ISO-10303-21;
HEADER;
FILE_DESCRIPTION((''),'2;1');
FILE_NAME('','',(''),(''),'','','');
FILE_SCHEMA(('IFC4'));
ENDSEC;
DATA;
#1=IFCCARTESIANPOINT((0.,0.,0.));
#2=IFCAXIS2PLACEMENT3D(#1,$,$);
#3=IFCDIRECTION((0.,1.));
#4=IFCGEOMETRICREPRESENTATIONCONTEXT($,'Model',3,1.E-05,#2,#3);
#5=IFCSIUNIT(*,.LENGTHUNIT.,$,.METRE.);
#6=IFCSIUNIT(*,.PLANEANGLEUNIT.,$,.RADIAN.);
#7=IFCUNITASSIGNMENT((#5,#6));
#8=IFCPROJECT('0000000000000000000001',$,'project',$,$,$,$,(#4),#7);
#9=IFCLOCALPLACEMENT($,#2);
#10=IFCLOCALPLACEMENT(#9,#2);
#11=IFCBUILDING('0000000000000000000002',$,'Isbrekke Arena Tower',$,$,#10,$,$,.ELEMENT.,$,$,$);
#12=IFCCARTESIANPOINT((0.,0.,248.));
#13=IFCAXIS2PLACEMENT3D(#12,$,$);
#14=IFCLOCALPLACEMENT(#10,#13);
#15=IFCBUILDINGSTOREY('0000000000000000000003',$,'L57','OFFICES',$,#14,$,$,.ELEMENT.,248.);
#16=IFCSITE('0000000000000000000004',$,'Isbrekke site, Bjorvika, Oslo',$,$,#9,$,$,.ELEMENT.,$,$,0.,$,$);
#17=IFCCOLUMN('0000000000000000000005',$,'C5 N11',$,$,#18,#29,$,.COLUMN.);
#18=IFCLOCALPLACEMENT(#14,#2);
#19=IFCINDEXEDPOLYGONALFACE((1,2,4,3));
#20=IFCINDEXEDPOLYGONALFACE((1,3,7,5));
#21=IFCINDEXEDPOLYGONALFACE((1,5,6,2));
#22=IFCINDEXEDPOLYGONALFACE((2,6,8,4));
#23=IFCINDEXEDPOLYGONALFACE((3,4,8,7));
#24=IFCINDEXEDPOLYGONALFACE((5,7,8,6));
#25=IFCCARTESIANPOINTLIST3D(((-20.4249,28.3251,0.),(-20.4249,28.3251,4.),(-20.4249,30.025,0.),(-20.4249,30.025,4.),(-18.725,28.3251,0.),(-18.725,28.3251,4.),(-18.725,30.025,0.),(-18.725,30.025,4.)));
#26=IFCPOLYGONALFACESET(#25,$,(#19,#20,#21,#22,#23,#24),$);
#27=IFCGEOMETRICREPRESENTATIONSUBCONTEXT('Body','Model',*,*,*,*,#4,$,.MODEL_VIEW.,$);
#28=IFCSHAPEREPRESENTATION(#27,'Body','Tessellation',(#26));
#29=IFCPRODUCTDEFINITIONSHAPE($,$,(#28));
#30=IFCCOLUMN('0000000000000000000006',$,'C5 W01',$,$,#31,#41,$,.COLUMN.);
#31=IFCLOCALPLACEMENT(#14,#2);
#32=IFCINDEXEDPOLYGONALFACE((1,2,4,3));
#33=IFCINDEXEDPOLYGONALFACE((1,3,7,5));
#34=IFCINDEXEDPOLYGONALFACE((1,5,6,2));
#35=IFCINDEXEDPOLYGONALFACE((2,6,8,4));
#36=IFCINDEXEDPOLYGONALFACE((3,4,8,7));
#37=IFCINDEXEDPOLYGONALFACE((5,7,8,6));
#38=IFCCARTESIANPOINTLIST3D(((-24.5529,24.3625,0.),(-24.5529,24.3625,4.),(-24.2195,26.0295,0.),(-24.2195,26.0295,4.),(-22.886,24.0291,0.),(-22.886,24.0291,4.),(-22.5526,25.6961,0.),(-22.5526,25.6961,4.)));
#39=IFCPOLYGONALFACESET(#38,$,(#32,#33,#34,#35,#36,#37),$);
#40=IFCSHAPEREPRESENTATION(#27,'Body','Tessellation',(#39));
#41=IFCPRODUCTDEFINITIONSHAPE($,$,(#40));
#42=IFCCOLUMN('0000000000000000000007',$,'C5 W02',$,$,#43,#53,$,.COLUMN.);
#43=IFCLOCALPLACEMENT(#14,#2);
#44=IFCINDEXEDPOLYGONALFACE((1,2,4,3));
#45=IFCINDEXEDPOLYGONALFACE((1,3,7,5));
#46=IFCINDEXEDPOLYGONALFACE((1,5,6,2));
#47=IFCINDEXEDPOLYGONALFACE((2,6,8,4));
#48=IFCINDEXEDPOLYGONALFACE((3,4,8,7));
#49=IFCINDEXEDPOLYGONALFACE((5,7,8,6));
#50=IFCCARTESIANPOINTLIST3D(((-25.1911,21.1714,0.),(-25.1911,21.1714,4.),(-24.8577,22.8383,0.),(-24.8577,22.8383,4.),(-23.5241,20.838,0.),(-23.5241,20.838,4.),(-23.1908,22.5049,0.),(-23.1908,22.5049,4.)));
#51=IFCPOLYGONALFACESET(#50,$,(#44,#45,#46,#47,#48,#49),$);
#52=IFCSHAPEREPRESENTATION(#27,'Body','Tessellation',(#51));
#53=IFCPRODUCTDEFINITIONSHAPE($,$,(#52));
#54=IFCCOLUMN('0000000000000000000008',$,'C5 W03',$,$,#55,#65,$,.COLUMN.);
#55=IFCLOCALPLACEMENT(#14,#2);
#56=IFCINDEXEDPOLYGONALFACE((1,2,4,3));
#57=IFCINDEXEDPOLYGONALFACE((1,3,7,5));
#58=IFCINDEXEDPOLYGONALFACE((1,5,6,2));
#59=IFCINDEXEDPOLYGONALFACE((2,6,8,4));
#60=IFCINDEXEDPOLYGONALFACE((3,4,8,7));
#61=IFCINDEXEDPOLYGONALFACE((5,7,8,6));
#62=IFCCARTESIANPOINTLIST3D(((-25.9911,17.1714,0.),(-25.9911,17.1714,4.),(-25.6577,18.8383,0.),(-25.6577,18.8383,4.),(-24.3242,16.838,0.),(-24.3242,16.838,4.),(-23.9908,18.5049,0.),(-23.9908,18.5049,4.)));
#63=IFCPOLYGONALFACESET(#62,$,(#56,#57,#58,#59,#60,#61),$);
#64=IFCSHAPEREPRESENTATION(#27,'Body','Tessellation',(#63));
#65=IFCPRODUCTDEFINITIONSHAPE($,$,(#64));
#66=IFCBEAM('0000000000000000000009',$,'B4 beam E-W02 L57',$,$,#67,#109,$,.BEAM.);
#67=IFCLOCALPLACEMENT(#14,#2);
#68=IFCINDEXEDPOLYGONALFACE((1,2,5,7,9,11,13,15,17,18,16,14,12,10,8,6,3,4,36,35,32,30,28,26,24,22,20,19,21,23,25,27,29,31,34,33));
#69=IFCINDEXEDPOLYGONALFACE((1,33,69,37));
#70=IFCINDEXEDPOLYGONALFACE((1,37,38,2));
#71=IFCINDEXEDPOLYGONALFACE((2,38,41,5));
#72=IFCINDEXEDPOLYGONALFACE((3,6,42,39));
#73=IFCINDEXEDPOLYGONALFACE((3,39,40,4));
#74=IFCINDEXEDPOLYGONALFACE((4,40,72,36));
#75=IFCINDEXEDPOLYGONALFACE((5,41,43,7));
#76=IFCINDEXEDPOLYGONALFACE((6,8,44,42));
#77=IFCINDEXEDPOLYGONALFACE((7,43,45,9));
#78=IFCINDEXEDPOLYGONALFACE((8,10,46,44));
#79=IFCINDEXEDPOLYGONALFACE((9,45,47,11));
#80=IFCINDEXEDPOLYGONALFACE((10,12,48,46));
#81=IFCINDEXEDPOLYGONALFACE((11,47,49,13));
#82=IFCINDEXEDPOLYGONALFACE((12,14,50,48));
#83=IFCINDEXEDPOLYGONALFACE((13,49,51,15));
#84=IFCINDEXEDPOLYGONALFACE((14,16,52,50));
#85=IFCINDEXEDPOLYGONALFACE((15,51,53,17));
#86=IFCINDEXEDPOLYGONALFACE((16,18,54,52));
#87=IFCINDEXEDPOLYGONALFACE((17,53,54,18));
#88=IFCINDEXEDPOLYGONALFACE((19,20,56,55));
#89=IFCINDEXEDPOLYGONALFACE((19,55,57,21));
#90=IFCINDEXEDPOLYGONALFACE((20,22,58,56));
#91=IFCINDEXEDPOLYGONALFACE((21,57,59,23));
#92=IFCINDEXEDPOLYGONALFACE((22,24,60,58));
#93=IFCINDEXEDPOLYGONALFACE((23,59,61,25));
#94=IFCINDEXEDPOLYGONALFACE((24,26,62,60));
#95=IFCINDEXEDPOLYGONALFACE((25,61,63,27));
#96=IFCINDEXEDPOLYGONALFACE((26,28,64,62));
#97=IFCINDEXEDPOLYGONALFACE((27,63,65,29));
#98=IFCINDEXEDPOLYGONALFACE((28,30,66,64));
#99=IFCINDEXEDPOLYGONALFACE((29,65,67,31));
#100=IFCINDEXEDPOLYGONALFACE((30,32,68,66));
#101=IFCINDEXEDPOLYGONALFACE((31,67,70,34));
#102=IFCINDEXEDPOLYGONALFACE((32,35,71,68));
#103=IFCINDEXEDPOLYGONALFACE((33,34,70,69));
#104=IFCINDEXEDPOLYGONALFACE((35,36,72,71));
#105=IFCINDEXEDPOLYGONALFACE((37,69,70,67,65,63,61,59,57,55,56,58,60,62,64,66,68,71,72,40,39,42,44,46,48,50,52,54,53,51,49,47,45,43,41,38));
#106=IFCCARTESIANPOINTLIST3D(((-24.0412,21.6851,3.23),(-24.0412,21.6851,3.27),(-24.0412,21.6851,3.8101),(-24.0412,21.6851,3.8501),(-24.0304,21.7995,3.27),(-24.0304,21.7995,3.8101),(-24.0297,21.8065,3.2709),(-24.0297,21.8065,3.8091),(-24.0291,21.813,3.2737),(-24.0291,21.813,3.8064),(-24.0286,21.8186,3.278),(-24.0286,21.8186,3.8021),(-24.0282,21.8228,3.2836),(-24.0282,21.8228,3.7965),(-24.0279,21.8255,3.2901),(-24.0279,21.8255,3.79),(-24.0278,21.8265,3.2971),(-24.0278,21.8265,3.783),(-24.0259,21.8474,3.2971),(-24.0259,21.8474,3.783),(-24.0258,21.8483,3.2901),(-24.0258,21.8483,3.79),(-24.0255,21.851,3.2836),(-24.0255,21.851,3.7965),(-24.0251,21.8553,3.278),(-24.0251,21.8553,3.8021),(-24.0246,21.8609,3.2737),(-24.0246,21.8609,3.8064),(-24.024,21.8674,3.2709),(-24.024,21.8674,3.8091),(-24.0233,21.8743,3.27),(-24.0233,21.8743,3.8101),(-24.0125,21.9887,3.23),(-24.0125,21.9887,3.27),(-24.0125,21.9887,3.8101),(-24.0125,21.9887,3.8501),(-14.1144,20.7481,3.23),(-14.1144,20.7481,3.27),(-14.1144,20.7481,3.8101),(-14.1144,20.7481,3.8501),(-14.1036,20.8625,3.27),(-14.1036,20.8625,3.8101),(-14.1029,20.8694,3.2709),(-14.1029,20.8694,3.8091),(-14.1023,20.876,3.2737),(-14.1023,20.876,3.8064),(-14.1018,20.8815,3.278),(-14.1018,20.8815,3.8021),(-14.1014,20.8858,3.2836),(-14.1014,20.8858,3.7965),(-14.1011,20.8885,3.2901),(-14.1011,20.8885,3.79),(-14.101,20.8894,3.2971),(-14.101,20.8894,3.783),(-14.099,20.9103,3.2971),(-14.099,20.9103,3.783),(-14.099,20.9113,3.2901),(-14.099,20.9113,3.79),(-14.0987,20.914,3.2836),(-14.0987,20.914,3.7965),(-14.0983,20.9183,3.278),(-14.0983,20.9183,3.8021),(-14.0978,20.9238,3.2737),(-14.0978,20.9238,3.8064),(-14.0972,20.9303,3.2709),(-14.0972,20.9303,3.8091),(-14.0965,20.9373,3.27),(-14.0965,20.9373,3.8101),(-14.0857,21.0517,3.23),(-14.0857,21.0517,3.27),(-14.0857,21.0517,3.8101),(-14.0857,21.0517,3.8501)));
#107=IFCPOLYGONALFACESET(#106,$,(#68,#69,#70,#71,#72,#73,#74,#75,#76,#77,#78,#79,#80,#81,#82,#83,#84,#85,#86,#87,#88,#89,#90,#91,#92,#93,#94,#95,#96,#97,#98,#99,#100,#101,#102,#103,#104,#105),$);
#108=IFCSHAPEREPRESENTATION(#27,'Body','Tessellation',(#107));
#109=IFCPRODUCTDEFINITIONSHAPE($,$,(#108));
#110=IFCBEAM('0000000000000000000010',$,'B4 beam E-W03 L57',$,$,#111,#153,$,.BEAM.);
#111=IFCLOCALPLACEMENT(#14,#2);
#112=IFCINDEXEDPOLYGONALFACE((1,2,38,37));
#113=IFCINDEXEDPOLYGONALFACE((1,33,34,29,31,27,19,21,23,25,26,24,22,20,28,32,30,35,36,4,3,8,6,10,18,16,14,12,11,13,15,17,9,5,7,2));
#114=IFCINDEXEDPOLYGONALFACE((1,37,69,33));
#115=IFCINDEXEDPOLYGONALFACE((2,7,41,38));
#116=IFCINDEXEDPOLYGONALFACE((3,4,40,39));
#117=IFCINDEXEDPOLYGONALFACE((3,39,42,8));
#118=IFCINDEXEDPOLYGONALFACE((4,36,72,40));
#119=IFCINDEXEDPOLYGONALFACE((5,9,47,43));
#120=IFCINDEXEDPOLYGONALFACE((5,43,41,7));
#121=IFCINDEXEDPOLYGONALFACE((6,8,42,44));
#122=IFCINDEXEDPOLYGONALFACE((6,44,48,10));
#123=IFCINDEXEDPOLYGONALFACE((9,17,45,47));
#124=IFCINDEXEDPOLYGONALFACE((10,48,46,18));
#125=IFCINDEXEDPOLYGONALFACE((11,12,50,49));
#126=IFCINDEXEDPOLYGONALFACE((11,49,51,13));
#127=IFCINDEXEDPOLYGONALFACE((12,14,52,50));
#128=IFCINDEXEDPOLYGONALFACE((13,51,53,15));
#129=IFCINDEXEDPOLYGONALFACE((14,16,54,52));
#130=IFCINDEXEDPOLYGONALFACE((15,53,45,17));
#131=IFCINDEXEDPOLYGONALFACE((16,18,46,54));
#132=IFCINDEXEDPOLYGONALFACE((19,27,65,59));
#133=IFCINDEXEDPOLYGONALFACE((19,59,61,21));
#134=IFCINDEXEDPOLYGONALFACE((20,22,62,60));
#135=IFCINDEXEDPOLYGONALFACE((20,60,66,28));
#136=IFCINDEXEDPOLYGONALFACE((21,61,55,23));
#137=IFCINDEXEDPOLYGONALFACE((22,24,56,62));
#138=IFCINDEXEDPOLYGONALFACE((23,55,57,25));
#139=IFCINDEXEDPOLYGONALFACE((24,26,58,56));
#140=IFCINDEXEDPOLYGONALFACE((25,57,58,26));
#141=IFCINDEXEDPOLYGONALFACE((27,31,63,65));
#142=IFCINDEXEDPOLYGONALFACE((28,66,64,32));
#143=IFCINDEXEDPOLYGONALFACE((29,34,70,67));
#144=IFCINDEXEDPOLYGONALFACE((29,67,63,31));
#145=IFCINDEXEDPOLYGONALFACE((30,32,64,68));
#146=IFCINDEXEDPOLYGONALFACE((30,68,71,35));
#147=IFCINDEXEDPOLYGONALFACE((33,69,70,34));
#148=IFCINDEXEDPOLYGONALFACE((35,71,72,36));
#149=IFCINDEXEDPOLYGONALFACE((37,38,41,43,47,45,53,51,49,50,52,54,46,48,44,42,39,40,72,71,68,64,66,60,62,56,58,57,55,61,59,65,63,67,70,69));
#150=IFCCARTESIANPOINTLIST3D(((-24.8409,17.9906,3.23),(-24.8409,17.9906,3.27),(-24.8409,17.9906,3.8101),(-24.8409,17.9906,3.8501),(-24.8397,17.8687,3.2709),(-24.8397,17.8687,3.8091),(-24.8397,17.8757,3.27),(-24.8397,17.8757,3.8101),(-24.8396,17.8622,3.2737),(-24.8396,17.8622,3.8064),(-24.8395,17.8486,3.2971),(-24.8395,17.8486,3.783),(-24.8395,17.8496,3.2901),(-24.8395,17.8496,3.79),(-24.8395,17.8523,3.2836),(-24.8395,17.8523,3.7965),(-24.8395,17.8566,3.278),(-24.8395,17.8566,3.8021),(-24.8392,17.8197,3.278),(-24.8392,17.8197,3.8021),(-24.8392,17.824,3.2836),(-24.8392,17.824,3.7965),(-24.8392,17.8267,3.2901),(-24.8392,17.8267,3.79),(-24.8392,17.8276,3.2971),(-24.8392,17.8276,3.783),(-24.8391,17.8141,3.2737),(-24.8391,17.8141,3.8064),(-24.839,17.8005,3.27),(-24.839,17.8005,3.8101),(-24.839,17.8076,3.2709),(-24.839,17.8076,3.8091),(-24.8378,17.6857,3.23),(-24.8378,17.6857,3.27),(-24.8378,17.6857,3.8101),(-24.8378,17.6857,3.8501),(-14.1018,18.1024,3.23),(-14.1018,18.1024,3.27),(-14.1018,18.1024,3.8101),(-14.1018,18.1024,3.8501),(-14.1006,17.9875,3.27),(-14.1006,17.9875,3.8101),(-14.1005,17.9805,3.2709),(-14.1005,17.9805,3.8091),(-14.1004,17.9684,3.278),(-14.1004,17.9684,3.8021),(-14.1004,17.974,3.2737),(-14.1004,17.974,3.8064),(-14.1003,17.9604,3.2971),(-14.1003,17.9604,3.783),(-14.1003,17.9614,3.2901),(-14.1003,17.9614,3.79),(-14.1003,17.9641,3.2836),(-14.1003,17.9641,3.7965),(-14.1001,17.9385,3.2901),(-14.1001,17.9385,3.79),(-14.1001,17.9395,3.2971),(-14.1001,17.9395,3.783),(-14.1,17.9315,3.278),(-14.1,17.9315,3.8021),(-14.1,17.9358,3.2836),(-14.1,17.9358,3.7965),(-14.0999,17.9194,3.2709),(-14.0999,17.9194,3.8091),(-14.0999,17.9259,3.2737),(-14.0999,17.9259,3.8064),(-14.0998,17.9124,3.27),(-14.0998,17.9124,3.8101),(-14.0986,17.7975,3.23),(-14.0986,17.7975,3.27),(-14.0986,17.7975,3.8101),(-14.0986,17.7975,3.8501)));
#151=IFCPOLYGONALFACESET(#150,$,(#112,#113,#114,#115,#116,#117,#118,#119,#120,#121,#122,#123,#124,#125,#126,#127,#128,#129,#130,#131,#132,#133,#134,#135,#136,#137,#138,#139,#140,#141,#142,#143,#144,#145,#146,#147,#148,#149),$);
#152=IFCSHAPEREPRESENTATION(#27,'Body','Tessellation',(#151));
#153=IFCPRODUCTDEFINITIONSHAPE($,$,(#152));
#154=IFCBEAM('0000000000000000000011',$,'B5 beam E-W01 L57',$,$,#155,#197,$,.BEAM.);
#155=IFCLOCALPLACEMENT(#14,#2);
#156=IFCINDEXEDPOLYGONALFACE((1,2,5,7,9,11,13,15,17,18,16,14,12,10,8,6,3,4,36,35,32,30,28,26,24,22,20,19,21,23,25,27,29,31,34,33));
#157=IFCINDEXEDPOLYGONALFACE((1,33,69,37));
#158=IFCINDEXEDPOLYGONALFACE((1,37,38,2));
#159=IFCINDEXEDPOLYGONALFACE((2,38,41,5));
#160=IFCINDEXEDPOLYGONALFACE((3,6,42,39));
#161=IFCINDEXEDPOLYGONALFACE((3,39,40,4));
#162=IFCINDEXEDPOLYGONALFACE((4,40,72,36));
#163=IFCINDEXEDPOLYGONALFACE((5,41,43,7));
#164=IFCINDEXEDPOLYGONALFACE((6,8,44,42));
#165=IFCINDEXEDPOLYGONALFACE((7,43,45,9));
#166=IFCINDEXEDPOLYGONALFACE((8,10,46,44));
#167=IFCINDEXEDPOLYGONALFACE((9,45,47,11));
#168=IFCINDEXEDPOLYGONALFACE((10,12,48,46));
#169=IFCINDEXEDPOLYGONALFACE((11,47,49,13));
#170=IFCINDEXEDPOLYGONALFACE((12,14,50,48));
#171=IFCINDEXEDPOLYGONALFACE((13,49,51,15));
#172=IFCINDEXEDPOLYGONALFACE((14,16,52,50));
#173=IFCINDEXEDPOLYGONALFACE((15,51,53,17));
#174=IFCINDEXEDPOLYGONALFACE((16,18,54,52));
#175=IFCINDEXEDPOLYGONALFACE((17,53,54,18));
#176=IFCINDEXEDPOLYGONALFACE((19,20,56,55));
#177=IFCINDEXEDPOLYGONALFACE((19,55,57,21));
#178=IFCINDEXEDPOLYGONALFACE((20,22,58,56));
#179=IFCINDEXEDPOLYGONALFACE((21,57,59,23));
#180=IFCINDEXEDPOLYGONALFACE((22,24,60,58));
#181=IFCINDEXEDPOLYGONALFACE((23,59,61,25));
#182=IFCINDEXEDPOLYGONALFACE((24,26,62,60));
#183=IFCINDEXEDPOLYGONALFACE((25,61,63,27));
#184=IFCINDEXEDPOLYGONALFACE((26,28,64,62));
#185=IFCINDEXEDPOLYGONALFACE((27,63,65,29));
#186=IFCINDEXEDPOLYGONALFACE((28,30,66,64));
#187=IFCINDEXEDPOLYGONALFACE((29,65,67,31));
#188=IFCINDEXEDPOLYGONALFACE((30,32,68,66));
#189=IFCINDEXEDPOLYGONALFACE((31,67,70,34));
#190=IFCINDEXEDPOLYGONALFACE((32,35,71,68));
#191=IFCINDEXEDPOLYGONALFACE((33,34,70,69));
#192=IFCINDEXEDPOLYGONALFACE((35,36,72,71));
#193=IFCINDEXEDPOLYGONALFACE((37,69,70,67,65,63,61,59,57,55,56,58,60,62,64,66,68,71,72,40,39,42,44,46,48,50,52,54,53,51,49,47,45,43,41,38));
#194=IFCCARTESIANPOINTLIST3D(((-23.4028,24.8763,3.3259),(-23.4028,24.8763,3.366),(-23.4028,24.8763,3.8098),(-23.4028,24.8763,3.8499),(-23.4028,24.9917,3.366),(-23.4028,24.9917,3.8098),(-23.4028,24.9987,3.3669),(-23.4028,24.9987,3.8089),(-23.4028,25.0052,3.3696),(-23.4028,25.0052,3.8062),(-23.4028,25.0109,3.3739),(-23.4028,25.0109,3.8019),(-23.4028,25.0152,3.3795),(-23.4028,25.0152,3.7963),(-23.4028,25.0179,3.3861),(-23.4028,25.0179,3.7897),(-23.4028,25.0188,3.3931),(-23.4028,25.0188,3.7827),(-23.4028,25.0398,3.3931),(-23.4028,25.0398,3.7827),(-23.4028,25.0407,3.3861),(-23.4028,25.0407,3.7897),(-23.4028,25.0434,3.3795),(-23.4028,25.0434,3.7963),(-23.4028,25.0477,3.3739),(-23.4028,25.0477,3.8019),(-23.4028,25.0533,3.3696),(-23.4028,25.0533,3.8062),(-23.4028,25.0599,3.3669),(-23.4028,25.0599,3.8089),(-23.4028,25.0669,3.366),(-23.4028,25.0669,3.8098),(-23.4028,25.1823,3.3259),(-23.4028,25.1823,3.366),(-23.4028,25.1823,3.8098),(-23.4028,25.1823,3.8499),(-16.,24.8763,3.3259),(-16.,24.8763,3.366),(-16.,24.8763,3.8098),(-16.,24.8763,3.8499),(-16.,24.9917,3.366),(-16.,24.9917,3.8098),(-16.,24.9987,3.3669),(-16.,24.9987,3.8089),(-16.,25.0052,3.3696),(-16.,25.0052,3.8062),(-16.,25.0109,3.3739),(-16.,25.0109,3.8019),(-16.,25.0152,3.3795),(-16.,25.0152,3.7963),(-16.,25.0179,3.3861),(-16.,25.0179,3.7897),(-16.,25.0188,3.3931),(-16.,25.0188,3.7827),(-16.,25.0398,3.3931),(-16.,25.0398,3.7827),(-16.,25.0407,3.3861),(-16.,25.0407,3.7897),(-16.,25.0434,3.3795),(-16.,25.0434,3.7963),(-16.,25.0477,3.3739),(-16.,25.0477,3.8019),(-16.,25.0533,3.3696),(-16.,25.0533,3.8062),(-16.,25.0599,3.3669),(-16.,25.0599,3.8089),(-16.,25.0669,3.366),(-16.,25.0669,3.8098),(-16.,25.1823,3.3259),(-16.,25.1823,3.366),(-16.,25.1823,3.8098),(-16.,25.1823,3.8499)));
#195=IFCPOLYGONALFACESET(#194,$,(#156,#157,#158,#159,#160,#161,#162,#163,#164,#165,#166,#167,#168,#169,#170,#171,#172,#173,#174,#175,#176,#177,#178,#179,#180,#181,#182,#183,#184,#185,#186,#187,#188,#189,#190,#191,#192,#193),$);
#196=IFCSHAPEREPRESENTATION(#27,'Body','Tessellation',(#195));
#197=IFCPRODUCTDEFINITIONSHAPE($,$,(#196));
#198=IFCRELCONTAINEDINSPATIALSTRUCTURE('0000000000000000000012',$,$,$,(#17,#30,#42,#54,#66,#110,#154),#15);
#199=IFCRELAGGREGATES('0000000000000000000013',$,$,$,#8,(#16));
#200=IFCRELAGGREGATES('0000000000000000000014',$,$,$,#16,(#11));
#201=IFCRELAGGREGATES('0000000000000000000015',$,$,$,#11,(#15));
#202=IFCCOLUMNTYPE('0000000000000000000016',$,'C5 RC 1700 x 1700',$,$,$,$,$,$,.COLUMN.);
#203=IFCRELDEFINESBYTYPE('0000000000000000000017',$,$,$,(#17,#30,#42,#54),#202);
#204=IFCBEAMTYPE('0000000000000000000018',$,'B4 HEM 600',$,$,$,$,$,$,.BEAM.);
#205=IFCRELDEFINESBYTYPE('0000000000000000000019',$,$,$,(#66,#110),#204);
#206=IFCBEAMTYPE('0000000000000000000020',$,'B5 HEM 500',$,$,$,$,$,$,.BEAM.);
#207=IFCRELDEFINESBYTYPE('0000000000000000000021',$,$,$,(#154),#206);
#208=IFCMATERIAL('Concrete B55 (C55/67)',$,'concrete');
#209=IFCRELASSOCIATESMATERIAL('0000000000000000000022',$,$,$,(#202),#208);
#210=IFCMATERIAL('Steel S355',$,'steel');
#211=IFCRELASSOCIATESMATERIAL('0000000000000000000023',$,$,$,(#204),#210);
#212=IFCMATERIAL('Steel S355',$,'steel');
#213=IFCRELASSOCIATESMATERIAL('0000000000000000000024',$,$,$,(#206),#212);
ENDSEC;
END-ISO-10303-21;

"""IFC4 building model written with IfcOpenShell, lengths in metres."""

from ifc_helpers import new_model, si_unit, direction, frame, origin, origin_2d, place, context, subcontext, project, spatial, rectangle, i_section, extrude, material, material_profile, profile_set, type_object, element, save


model = new_model("IFC4")

# Units and contexts
model_context = context("Model", 3, precision=1e-05, world=origin(), true_north=direction((0.0, 1.0)))
body_context = subcontext(model_context, "Body", "Model", "MODEL_VIEW")
ifc_project = project(units=[si_unit("LENGTHUNIT", "METRE"), si_unit("PLANEANGLEUNIT", "RADIAN")], contexts=[model_context])

# Site, building, storey
site_placement = place(None, origin())
site = spatial("IfcSite", under=ifc_project, at=site_placement, Name="Isbrekke site, Bjorvika, Oslo", CompositionType="ELEMENT", RefElevation=0.0)
building_placement = place(site_placement, origin())
building = spatial("IfcBuilding", under=site, at=building_placement, Name="Isbrekke Arena Tower", CompositionType="ELEMENT")
storey_placement = place(building_placement, frame((0.0, 0.0, 248.0)))
storey = spatial("IfcBuildingStorey", under=building, at=storey_placement, Name="L57", Description="OFFICES", CompositionType="ELEMENT", Elevation=248.0)

# Columns
ifc_material_1 = material(Name="Concrete B55 (C55/67)", Category="concrete")
ifc_material_profile_1 = material_profile(ifc_material_1, rectangle(XDim=1.7, YDim=1.7, at=origin_2d()), Name="RC 1700x1700")
ifc_profile_set_1 = profile_set([ifc_material_profile_1], Name="Concrete B55 (C55/67)")
column_type = type_object("IfcColumnType", Name="C5 RC 1700 x 1700", PredefinedType="COLUMN", material=ifc_profile_set_1)
for number, where, z_axis, x_axis, name in (
    (1, (-19.575, 29.175, 0.0), (0.0, 0.0, 1.0), (-1.0, 0.0, 0.0), "C5 N11"),
    (2, (-23.5527, 25.0293, 0.0), (0.0, 0.0, 1.0), (-0.196116, -0.980581, 0.0), "C5 W01"),
    (3, (-24.1909, 21.8381, 0.0), (0.0, 0.0, 1.0), (-0.196116, -0.980581, 0.0), "C5 W02"),
    (4, (-24.991, 17.8381, 0.0), (0.0, 0.0, 1.0), (-0.196116, -0.980581, 0.0), "C5 W03"),
):
    element("IfcColumn", number, at=place(storey_placement, frame(where, z_axis=z_axis, x_axis=x_axis)), inside=storey, type_object=column_type, Name=name, PredefinedType="COLUMN", context=body_context, shape_type="SweptSolid", body=[
        extrude(rectangle(XDim=1.7, YDim=1.7, at=origin_2d()), origin(), (0.0, 0.0, 1.0), 4.0),
    ])

# Beams
ifc_material_2 = material(Name="Steel S355", Category="steel")
ifc_material_profile_2 = material_profile(ifc_material_2, i_section(OverallWidth=0.3049, OverallDepth=0.6201, WebThickness=0.021, FlangeThickness=0.04, FilletRadius=0.0271, at=origin_2d()), Name="HEM 600")
ifc_profile_set_2 = profile_set([ifc_material_profile_2], Name="Steel S355")
beam_type_1 = type_object("IfcBeamType", Name="B4 HEM 600", PredefinedType="BEAM", material=ifc_profile_set_2)
beam_1_placement = place(storey_placement, frame((-24.0269, 21.8369, 3.54), z_axis=(0.995575, -0.093975, 0.0), x_axis=(0.093975, 0.995575, 0.0)))
element("IfcBeam", 5, at=beam_1_placement, inside=storey, type_object=beam_type_1, Name="B4 beam E-W02 L57", PredefinedType="BEAM", context=body_context, shape_type="SweptSolid", body=[
    extrude(i_section(OverallWidth=0.3049, OverallDepth=0.6201, WebThickness=0.021, FlangeThickness=0.04, FilletRadius=0.0271, at=origin_2d()), origin(), (0.0, 0.0, 1.0), 9.9709),
])
beam_2_placement = place(storey_placement, frame((-24.8394, 17.8381, 3.54), z_axis=(0.999946, 0.010411, 0.0), x_axis=(-0.010411, 0.999946, 0.0)))
element("IfcBeam", 6, at=beam_2_placement, inside=storey, type_object=beam_type_1, Name="B4 beam E-W03 L57", PredefinedType="BEAM", context=body_context, shape_type="SweptSolid", body=[
    extrude(i_section(OverallWidth=0.3049, OverallDepth=0.6201, WebThickness=0.021, FlangeThickness=0.04, FilletRadius=0.0271, at=origin_2d()), origin(), (0.0, 0.0, 1.0), 10.7397),
])
ifc_material_3 = material(Name="Steel S355", Category="steel")
ifc_material_profile_3 = material_profile(ifc_material_3, i_section(OverallWidth=0.3059, OverallDepth=0.5239, WebThickness=0.021, FlangeThickness=0.04, FilletRadius=0.0271, at=origin_2d()), Name="HEM 500")
ifc_profile_set_3 = profile_set([ifc_material_profile_3], Name="Steel S355")
beam_type_2 = type_object("IfcBeamType", Name="B5 HEM 500", PredefinedType="BEAM", material=ifc_profile_set_3)
beam_3_placement = place(storey_placement, frame((-23.4028, 25.0293, 3.5879), z_axis=(1.0, 0.0, 0.0), x_axis=(0.0, 1.0, 0.0)))
element("IfcBeam", 7, at=beam_3_placement, inside=storey, type_object=beam_type_2, Name="B5 beam E-W01 L57", PredefinedType="BEAM", context=body_context, shape_type="SweptSolid", body=[
    extrude(i_section(OverallWidth=0.3059, OverallDepth=0.5239, WebThickness=0.021, FlangeThickness=0.04, FilletRadius=0.0271, at=origin_2d()), origin(), (0.0, 0.0, 1.0), 7.4028),
])

save(model, "model.ifc")
